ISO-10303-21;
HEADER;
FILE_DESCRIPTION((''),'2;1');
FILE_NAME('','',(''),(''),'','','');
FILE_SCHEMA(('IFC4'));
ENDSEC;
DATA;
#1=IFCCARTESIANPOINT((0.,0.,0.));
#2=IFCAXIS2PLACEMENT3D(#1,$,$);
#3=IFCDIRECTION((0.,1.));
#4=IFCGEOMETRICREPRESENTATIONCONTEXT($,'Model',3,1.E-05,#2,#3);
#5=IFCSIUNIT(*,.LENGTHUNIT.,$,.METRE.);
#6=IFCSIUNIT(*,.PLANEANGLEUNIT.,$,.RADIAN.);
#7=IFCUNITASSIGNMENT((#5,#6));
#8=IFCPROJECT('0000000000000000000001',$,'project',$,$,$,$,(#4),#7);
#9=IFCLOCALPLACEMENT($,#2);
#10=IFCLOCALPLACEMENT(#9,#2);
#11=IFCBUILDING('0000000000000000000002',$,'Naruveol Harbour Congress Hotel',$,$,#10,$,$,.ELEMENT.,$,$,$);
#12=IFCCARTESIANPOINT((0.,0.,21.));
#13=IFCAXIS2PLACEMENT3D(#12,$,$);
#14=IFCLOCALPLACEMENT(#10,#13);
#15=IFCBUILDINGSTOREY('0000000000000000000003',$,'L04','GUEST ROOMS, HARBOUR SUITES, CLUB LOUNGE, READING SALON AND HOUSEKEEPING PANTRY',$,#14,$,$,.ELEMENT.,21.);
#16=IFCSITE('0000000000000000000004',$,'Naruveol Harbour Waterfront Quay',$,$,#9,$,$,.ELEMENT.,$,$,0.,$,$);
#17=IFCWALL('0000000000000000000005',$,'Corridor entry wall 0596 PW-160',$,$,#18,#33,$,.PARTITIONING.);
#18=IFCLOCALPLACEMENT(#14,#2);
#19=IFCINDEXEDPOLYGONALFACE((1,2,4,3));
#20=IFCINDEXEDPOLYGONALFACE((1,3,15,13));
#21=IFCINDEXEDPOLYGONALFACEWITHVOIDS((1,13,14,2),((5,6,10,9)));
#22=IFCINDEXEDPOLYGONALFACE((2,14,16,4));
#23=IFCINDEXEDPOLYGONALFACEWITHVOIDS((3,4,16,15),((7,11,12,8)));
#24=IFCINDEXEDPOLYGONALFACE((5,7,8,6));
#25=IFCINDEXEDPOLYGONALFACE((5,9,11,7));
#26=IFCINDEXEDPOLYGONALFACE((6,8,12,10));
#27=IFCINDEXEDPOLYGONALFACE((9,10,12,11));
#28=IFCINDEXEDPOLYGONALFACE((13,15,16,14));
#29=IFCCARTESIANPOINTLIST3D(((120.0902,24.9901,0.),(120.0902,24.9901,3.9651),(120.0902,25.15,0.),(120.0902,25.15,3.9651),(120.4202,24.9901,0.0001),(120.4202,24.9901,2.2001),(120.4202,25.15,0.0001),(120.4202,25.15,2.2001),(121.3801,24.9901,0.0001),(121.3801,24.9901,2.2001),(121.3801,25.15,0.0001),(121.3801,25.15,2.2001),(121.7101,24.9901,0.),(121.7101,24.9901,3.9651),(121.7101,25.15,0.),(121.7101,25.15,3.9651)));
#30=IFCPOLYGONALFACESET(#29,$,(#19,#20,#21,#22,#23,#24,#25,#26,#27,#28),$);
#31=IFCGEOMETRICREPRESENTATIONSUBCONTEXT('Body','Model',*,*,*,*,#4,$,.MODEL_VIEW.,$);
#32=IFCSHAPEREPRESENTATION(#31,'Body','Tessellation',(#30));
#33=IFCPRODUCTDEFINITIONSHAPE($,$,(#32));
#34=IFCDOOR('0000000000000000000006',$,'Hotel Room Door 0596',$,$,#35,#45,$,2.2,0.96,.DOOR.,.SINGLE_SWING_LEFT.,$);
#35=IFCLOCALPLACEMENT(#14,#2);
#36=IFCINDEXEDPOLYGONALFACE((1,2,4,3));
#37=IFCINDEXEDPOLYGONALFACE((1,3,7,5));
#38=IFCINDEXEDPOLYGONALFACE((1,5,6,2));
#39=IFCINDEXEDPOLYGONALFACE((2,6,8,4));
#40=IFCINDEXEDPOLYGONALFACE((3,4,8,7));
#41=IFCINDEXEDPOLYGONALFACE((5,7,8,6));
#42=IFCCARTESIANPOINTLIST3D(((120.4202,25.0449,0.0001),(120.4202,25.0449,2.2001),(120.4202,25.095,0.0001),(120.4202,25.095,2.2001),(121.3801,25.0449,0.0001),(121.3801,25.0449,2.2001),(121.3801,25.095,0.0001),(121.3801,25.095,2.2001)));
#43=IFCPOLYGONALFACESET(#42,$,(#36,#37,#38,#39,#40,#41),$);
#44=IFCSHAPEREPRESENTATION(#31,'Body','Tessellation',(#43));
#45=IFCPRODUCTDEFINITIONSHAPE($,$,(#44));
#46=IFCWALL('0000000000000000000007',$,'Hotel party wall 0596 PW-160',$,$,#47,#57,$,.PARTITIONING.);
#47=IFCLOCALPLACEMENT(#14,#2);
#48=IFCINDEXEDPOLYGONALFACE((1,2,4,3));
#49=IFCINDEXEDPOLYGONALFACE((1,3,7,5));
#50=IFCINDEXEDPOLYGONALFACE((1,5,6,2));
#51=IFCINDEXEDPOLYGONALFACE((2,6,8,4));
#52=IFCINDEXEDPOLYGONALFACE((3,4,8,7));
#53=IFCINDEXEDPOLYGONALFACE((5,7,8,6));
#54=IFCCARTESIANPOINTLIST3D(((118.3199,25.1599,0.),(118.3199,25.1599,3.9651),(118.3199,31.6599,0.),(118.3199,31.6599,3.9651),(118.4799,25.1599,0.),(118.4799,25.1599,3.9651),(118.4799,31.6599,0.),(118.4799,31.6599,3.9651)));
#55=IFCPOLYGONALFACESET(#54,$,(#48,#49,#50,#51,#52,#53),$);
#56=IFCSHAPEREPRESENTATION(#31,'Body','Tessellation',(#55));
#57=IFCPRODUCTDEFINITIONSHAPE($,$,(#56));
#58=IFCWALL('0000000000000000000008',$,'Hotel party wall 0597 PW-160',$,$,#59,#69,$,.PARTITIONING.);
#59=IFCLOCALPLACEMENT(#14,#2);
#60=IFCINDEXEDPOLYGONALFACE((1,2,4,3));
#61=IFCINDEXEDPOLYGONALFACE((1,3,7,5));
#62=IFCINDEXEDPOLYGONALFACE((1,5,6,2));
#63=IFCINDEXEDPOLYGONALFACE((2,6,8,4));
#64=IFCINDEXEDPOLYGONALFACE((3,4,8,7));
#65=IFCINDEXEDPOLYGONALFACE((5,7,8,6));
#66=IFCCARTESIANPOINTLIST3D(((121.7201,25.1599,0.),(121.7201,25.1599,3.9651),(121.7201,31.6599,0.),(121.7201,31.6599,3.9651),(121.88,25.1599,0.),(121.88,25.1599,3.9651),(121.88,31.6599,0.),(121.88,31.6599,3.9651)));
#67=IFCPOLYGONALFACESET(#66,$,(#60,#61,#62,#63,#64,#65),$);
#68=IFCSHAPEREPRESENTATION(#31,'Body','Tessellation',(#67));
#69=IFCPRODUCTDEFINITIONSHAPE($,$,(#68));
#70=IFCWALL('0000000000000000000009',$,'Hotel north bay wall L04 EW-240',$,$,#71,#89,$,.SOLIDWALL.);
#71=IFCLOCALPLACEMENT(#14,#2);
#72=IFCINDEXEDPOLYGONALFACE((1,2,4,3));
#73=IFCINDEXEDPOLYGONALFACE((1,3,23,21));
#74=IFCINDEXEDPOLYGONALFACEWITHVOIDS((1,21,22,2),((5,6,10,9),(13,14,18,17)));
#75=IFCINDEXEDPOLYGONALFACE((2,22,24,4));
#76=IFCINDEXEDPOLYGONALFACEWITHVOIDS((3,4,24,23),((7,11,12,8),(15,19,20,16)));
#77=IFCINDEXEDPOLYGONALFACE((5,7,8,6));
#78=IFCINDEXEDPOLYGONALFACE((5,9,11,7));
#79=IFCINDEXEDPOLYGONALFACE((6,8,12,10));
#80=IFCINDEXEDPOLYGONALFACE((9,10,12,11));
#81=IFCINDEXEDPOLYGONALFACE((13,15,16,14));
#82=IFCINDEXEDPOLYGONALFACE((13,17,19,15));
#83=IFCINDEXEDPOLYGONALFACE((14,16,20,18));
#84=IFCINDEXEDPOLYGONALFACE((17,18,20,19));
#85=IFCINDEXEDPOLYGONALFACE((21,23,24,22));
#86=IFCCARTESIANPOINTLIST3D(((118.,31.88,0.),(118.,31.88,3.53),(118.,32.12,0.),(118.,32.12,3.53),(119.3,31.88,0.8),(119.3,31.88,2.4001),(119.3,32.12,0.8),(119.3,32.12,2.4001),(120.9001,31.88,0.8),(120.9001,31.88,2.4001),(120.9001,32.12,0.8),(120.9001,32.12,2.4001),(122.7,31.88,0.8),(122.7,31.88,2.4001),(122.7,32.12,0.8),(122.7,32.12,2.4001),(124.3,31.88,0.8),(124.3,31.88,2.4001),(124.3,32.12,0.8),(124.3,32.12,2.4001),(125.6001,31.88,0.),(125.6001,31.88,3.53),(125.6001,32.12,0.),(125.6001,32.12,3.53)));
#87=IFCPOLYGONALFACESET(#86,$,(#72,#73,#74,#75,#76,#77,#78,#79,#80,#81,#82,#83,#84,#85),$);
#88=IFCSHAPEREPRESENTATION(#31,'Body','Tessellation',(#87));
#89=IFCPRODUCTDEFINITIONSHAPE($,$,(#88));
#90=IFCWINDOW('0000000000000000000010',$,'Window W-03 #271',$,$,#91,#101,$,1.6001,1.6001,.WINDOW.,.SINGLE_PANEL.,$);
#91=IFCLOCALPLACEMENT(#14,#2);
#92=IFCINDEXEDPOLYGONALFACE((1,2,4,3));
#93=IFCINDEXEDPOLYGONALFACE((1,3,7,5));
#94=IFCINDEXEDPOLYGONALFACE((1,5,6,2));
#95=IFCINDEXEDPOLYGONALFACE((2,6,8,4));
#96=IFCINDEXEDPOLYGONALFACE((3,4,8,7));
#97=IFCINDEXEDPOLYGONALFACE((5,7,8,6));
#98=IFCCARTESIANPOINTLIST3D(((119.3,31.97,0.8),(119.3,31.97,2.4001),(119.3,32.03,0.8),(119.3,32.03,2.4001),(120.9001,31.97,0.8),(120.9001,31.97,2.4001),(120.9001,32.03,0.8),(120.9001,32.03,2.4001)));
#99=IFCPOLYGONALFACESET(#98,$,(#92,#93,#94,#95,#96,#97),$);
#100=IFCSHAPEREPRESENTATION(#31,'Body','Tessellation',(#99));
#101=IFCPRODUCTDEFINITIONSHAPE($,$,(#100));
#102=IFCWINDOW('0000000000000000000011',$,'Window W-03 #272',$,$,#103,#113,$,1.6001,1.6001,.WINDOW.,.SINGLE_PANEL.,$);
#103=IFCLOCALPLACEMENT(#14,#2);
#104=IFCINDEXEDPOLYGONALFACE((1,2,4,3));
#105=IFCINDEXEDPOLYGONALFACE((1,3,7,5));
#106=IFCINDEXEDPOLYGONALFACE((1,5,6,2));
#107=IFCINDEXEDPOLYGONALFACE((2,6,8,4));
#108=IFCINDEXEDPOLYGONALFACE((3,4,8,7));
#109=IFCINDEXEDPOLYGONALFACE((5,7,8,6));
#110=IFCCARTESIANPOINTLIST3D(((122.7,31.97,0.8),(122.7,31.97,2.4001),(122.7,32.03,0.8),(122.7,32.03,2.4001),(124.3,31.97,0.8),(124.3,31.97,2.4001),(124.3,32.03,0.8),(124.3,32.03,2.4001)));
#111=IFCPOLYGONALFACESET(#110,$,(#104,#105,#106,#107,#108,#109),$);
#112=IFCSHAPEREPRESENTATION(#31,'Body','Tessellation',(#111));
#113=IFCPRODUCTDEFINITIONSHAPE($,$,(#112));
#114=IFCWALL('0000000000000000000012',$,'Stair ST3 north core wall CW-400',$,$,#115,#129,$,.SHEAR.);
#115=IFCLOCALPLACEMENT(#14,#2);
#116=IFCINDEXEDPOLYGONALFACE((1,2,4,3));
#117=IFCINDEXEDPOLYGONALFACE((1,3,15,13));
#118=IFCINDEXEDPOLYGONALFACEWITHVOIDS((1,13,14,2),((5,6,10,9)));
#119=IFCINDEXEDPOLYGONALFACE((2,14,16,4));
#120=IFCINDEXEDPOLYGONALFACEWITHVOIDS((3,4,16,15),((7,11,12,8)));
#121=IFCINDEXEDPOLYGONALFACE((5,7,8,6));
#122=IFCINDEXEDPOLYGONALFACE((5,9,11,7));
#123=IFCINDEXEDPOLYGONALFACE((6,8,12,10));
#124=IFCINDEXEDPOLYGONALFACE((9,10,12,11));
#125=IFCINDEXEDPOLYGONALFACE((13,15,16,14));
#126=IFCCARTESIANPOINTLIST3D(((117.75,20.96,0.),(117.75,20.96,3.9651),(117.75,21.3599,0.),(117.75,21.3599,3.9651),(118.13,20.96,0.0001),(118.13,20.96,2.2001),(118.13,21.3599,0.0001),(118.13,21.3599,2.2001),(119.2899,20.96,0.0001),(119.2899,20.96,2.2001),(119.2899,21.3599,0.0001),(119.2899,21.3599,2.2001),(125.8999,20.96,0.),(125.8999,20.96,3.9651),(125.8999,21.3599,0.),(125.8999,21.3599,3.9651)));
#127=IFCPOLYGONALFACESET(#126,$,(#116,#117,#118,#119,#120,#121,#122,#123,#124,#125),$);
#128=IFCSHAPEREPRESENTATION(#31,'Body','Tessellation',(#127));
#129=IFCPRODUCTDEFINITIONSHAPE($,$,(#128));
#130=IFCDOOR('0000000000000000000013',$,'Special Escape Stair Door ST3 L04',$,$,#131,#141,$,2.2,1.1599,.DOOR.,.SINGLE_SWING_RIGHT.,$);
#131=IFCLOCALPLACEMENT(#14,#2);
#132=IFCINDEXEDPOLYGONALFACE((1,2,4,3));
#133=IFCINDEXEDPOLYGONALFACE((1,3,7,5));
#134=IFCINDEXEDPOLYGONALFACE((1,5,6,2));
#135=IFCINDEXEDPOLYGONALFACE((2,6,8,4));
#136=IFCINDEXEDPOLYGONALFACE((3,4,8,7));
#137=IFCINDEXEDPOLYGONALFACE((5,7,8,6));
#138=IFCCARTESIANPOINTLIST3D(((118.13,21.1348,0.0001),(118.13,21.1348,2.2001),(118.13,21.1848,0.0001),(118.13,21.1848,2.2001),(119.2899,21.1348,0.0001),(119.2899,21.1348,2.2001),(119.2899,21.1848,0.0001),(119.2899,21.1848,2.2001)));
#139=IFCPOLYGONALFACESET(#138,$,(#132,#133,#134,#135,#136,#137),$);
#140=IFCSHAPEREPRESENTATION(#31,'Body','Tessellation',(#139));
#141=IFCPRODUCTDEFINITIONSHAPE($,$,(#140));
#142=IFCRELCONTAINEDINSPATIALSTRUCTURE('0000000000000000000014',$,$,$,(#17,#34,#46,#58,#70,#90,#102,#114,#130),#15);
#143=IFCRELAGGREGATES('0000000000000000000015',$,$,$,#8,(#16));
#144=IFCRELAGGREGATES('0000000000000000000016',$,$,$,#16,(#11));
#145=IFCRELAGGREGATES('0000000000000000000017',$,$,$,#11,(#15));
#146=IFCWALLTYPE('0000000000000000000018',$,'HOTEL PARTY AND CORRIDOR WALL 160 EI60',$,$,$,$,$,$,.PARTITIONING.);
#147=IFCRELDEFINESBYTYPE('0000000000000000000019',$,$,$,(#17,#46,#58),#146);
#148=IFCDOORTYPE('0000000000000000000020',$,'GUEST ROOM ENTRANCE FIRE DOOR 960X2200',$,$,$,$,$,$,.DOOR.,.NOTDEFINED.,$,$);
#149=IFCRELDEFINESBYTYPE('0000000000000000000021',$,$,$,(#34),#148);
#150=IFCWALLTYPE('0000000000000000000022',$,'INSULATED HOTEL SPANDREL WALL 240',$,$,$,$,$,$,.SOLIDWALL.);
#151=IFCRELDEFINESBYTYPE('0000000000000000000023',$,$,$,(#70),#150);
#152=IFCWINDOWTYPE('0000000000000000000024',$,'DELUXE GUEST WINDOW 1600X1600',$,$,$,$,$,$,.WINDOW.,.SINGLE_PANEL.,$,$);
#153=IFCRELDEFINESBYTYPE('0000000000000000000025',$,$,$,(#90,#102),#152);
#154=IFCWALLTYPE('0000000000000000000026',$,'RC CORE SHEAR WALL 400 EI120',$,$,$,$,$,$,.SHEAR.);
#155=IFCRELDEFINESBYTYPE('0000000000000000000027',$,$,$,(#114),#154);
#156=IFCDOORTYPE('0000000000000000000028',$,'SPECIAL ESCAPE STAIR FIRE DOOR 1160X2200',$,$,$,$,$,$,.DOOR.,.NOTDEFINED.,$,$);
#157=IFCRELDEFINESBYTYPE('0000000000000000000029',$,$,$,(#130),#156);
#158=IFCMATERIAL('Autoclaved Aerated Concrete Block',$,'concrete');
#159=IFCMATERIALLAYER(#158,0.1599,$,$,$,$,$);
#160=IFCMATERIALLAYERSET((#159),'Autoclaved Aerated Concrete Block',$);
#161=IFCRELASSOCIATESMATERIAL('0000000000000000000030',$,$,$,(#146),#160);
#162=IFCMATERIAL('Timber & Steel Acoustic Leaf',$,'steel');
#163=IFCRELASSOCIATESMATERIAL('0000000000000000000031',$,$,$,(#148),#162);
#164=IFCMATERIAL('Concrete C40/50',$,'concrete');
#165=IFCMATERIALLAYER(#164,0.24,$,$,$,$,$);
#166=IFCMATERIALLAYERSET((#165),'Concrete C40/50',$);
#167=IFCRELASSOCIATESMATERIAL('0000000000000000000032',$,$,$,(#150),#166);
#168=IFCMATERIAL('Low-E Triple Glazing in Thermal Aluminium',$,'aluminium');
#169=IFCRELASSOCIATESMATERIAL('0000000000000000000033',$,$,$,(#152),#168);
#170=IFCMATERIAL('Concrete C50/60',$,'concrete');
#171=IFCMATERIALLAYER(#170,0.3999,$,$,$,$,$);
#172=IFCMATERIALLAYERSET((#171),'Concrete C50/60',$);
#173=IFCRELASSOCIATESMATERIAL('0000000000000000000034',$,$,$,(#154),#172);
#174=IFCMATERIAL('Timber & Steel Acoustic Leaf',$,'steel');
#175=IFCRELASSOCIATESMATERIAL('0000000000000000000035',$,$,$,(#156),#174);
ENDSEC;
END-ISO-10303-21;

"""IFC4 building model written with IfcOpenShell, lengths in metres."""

from ifc_helpers import new_model, si_unit, direction, frame, frame_2d, origin, place, context, subcontext, project, spatial, rectangle, extrude, material, layer, layer_set, type_object, element, fill, save


model = new_model("IFC4")

# Units and contexts
model_context = context("Model", 3, precision=1e-05, world=origin(), true_north=direction((0.0, 1.0)))
body_context = subcontext(model_context, "Body", "Model", "MODEL_VIEW")
ifc_project = project(units=[si_unit("LENGTHUNIT", "METRE"), si_unit("PLANEANGLEUNIT", "RADIAN")], contexts=[model_context])

# Site, building, storey
site_placement = place(None, origin())
site = spatial("IfcSite", under=ifc_project, at=site_placement, Name="Naruveol Harbour Waterfront Quay", CompositionType="ELEMENT", RefElevation=0.0)
building_placement = place(site_placement, origin())
building = spatial("IfcBuilding", under=site, at=building_placement, Name="Naruveol Harbour Congress Hotel", CompositionType="ELEMENT")
storey_placement = place(building_placement, frame((0.0, 0.0, 21.0)))
storey = spatial("IfcBuildingStorey", under=building, at=storey_placement, Name="L04", Description="GUEST ROOMS, HARBOUR SUITES, CLUB LOUNGE, READING SALON AND HOUSEKEEPING PANTRY", CompositionType="ELEMENT", Elevation=21.0)

# Shared definitions
ifc_material_1 = material(Name="Autoclaved Aerated Concrete Block", Category="concrete")
ifc_layer_1 = layer(ifc_material_1, 0.1599)
ifc_layer_set_1 = layer_set([ifc_layer_1], Name="Autoclaved Aerated Concrete Block")
wall_type_1 = type_object("IfcWallType", Name="HOTEL PARTY AND CORRIDOR WALL 160 EI60", PredefinedType="PARTITIONING", material=ifc_layer_set_1)

# Wall, opening, door
wall_1_placement = place(storey_placement, frame((120.0901, 25.0701, 0.0), z_axis=(0.0, 0.0, 1.0), x_axis=(1.0, 0.0, 0.0)))
wall_1 = element("IfcWall", 1, at=wall_1_placement, inside=storey, type_object=wall_type_1, Name="Corridor entry wall 0596 PW-160", PredefinedType="PARTITIONING", context=body_context, shape_type="SweptSolid", body=[
    extrude(rectangle(XDim=1.6199, YDim=0.1599, at=frame_2d((0.8101, 0.0))), origin(), (0.0, 0.0, 1.0), 3.9651),
])
opening_1_placement = place(wall_1_placement, frame((0.3301, 0.0, 0.0)))
opening_1 = element("IfcOpeningElement", 2, at=opening_1_placement, cuts=wall_1, PredefinedType="OPENING", context=body_context, shape_type="SweptSolid", body=[
    extrude(rectangle(XDim=0.96, YDim=2.2, at=frame_2d((0.48, 1.1001))), frame((0.0, 0.0898, 0.0), z_axis=(0.0, -1.0, 0.0), x_axis=(1.0, 0.0, 0.0)), (0.0, 0.0, 1.0), 0.1799),
])
ifc_material_2 = material(Name="Timber & Steel Acoustic Leaf", Category="steel")
door_type_1 = type_object("IfcDoorType", Name="GUEST ROOM ENTRANCE FIRE DOOR 960X2200", OperationType="NOTDEFINED", PredefinedType="DOOR", material=ifc_material_2)
door_1_placement = place(opening_1_placement, origin())
door_1 = element("IfcDoor", 3, at=door_1_placement, inside=storey, type_object=door_type_1, Name="Hotel Room Door 0596", OperationType="SINGLE_SWING_LEFT", OverallHeight=2.2, OverallWidth=0.96, PredefinedType="DOOR", context=body_context, shape_type="SweptSolid", body=[
    extrude(rectangle(XDim=0.96, YDim=2.2, at=frame_2d((0.48, 1.1001))), frame((0.0, 0.0249, 0.0), z_axis=(0.0, -1.0, 0.0), x_axis=(1.0, 0.0, 0.0)), (0.0, 0.0, 1.0), 0.05),
])
fill(opening_1, door_1)

# Walls
for number, where, z_axis, x_axis, name in (
    (4, (118.3999, 25.1599, 0.0), (0.0, 0.0, 1.0), (0.0, 1.0, 0.0), "Hotel party wall 0596 PW-160"),
    (5, (121.8, 25.1599, 0.0), (0.0, 0.0, 1.0), (0.0, 1.0, 0.0), "Hotel party wall 0597 PW-160"),
):
    element("IfcWall", number, at=place(storey_placement, frame(where, z_axis=z_axis, x_axis=x_axis)), inside=storey, type_object=wall_type_1, Name=name, PredefinedType="PARTITIONING", context=body_context, shape_type="SweptSolid", body=[
        extrude(rectangle(XDim=6.5, YDim=0.1599, at=frame_2d((3.25, 0.0))), origin(), (0.0, 0.0, 1.0), 3.9651),
    ])

# Wall, openings, windows
ifc_material_3 = material(Name="Concrete C40/50", Category="concrete")
ifc_layer_2 = layer(ifc_material_3, 0.24)
ifc_layer_set_2 = layer_set([ifc_layer_2], Name="Concrete C40/50")
wall_type_2 = type_object("IfcWallType", Name="INSULATED HOTEL SPANDREL WALL 240", PredefinedType="SOLIDWALL", material=ifc_layer_set_2)
wall_2_placement = place(storey_placement, frame((118.0, 32.0, 0.0), z_axis=(0.0, 0.0, 1.0), x_axis=(1.0, 0.0, 0.0)))
wall_2 = element("IfcWall", 6, at=wall_2_placement, inside=storey, type_object=wall_type_2, Name="Hotel north bay wall L04 EW-240", PredefinedType="SOLIDWALL", context=body_context, shape_type="SweptSolid", body=[
    extrude(rectangle(XDim=7.6001, YDim=0.24, at=frame_2d((3.8, 0.0))), origin(), (0.0, 0.0, 1.0), 3.53),
])
opening_2_placement = place(wall_2_placement, frame((1.3, 0.0, 0.8)))
opening_2 = element("IfcOpeningElement", 7, at=opening_2_placement, cuts=wall_2, PredefinedType="OPENING", context=body_context, shape_type="SweptSolid", body=[
    extrude(rectangle(XDim=1.6001, YDim=1.6001, at=frame_2d((0.8, 0.8))), frame((0.0, 0.1299, 0.0), z_axis=(0.0, -1.0, 0.0), x_axis=(1.0, 0.0, 0.0)), (0.0, 0.0, 1.0), 0.26),
])
opening_3_placement = place(wall_2_placement, frame((4.7, 0.0, 0.8)))
opening_3 = element("IfcOpeningElement", 8, at=opening_3_placement, cuts=wall_2, PredefinedType="OPENING", context=body_context, shape_type="SweptSolid", body=[
    extrude(rectangle(XDim=1.6001, YDim=1.6001, at=frame_2d((0.8, 0.8))), frame((0.0, 0.1299, 0.0), z_axis=(0.0, -1.0, 0.0), x_axis=(1.0, 0.0, 0.0)), (0.0, 0.0, 1.0), 0.26),
])
ifc_material_4 = material(Name="Low-E Triple Glazing in Thermal Aluminium", Category="aluminium")
window_type = type_object("IfcWindowType", Name="DELUXE GUEST WINDOW 1600X1600", PartitioningType="SINGLE_PANEL", PredefinedType="WINDOW", material=ifc_material_4)
window_1_placement = place(opening_2_placement, origin())
window_1 = element("IfcWindow", 9, at=window_1_placement, inside=storey, type_object=window_type, Name="Window W-03 #271", OverallHeight=1.6001, OverallWidth=1.6001, PartitioningType="SINGLE_PANEL", PredefinedType="WINDOW", context=body_context, shape_type="SweptSolid", body=[
    extrude(rectangle(XDim=1.6001, YDim=1.6001, at=frame_2d((0.8, 0.8))), frame((0.0, 0.03, 0.0), z_axis=(0.0, -1.0, 0.0), x_axis=(1.0, 0.0, 0.0)), (0.0, 0.0, 1.0), 0.0601),
])
fill(opening_2, window_1)
window_2_placement = place(opening_3_placement, origin())
window_2 = element("IfcWindow", 10, at=window_2_placement, inside=storey, type_object=window_type, Name="Window W-03 #272", OverallHeight=1.6001, OverallWidth=1.6001, PartitioningType="SINGLE_PANEL", PredefinedType="WINDOW", context=body_context, shape_type="SweptSolid", body=[
    extrude(rectangle(XDim=1.6001, YDim=1.6001, at=frame_2d((0.8, 0.8))), frame((0.0, 0.03, 0.0), z_axis=(0.0, -1.0, 0.0), x_axis=(1.0, 0.0, 0.0)), (0.0, 0.0, 1.0), 0.0601),
])
fill(opening_3, window_2)

# Wall, opening, door
ifc_material_5 = material(Name="Concrete C50/60", Category="concrete")
ifc_layer_3 = layer(ifc_material_5, 0.3999)
ifc_layer_set_3 = layer_set([ifc_layer_3], Name="Concrete C50/60")
wall_type_3 = type_object("IfcWallType", Name="RC CORE SHEAR WALL 400 EI120", PredefinedType="SHEAR", material=ifc_layer_set_3)
wall_3_placement = place(storey_placement, frame((117.75, 21.1599, 0.0), z_axis=(0.0, 0.0, 1.0), x_axis=(1.0, 0.0, 0.0)))
wall_3 = element("IfcWall", 11, at=wall_3_placement, inside=storey, type_object=wall_type_3, Name="Stair ST3 north core wall CW-400", PredefinedType="SHEAR", context=body_context, shape_type="SweptSolid", body=[
    extrude(rectangle(XDim=8.1499, YDim=0.3999, at=frame_2d((4.075, 0.0))), origin(), (0.0, 0.0, 1.0), 3.9651),
])
opening_4_placement = place(wall_3_placement, frame((0.3799, 0.0, 0.0)))
opening_4 = element("IfcOpeningElement", 12, at=opening_4_placement, cuts=wall_3, PredefinedType="OPENING", context=body_context, shape_type="SweptSolid", body=[
    extrude(rectangle(XDim=1.1599, YDim=2.2, at=frame_2d((0.5801, 1.1001))), frame((0.0, 0.21, 0.0), z_axis=(0.0, -1.0, 0.0), x_axis=(1.0, 0.0, 0.0)), (0.0, 0.0, 1.0), 0.4199),
])
ifc_material_6 = material(Name="Timber & Steel Acoustic Leaf", Category="steel")
door_type_2 = type_object("IfcDoorType", Name="SPECIAL ESCAPE STAIR FIRE DOOR 1160X2200", OperationType="NOTDEFINED", PredefinedType="DOOR", material=ifc_material_6)
door_2_placement = place(opening_4_placement, origin())
door_2 = element("IfcDoor", 13, at=door_2_placement, inside=storey, type_object=door_type_2, Name="Special Escape Stair Door ST3 L04", OperationType="SINGLE_SWING_RIGHT", OverallHeight=2.2, OverallWidth=1.1599, PredefinedType="DOOR", context=body_context, shape_type="SweptSolid", body=[
    extrude(rectangle(XDim=1.1599, YDim=2.2, at=frame_2d((0.5801, 1.1001))), frame((0.0, 0.0249, 0.0), z_axis=(0.0, -1.0, 0.0), x_axis=(1.0, 0.0, 0.0)), (0.0, 0.0, 1.0), 0.05),
])
fill(opening_4, door_2)

save(model, "model.ifc")
